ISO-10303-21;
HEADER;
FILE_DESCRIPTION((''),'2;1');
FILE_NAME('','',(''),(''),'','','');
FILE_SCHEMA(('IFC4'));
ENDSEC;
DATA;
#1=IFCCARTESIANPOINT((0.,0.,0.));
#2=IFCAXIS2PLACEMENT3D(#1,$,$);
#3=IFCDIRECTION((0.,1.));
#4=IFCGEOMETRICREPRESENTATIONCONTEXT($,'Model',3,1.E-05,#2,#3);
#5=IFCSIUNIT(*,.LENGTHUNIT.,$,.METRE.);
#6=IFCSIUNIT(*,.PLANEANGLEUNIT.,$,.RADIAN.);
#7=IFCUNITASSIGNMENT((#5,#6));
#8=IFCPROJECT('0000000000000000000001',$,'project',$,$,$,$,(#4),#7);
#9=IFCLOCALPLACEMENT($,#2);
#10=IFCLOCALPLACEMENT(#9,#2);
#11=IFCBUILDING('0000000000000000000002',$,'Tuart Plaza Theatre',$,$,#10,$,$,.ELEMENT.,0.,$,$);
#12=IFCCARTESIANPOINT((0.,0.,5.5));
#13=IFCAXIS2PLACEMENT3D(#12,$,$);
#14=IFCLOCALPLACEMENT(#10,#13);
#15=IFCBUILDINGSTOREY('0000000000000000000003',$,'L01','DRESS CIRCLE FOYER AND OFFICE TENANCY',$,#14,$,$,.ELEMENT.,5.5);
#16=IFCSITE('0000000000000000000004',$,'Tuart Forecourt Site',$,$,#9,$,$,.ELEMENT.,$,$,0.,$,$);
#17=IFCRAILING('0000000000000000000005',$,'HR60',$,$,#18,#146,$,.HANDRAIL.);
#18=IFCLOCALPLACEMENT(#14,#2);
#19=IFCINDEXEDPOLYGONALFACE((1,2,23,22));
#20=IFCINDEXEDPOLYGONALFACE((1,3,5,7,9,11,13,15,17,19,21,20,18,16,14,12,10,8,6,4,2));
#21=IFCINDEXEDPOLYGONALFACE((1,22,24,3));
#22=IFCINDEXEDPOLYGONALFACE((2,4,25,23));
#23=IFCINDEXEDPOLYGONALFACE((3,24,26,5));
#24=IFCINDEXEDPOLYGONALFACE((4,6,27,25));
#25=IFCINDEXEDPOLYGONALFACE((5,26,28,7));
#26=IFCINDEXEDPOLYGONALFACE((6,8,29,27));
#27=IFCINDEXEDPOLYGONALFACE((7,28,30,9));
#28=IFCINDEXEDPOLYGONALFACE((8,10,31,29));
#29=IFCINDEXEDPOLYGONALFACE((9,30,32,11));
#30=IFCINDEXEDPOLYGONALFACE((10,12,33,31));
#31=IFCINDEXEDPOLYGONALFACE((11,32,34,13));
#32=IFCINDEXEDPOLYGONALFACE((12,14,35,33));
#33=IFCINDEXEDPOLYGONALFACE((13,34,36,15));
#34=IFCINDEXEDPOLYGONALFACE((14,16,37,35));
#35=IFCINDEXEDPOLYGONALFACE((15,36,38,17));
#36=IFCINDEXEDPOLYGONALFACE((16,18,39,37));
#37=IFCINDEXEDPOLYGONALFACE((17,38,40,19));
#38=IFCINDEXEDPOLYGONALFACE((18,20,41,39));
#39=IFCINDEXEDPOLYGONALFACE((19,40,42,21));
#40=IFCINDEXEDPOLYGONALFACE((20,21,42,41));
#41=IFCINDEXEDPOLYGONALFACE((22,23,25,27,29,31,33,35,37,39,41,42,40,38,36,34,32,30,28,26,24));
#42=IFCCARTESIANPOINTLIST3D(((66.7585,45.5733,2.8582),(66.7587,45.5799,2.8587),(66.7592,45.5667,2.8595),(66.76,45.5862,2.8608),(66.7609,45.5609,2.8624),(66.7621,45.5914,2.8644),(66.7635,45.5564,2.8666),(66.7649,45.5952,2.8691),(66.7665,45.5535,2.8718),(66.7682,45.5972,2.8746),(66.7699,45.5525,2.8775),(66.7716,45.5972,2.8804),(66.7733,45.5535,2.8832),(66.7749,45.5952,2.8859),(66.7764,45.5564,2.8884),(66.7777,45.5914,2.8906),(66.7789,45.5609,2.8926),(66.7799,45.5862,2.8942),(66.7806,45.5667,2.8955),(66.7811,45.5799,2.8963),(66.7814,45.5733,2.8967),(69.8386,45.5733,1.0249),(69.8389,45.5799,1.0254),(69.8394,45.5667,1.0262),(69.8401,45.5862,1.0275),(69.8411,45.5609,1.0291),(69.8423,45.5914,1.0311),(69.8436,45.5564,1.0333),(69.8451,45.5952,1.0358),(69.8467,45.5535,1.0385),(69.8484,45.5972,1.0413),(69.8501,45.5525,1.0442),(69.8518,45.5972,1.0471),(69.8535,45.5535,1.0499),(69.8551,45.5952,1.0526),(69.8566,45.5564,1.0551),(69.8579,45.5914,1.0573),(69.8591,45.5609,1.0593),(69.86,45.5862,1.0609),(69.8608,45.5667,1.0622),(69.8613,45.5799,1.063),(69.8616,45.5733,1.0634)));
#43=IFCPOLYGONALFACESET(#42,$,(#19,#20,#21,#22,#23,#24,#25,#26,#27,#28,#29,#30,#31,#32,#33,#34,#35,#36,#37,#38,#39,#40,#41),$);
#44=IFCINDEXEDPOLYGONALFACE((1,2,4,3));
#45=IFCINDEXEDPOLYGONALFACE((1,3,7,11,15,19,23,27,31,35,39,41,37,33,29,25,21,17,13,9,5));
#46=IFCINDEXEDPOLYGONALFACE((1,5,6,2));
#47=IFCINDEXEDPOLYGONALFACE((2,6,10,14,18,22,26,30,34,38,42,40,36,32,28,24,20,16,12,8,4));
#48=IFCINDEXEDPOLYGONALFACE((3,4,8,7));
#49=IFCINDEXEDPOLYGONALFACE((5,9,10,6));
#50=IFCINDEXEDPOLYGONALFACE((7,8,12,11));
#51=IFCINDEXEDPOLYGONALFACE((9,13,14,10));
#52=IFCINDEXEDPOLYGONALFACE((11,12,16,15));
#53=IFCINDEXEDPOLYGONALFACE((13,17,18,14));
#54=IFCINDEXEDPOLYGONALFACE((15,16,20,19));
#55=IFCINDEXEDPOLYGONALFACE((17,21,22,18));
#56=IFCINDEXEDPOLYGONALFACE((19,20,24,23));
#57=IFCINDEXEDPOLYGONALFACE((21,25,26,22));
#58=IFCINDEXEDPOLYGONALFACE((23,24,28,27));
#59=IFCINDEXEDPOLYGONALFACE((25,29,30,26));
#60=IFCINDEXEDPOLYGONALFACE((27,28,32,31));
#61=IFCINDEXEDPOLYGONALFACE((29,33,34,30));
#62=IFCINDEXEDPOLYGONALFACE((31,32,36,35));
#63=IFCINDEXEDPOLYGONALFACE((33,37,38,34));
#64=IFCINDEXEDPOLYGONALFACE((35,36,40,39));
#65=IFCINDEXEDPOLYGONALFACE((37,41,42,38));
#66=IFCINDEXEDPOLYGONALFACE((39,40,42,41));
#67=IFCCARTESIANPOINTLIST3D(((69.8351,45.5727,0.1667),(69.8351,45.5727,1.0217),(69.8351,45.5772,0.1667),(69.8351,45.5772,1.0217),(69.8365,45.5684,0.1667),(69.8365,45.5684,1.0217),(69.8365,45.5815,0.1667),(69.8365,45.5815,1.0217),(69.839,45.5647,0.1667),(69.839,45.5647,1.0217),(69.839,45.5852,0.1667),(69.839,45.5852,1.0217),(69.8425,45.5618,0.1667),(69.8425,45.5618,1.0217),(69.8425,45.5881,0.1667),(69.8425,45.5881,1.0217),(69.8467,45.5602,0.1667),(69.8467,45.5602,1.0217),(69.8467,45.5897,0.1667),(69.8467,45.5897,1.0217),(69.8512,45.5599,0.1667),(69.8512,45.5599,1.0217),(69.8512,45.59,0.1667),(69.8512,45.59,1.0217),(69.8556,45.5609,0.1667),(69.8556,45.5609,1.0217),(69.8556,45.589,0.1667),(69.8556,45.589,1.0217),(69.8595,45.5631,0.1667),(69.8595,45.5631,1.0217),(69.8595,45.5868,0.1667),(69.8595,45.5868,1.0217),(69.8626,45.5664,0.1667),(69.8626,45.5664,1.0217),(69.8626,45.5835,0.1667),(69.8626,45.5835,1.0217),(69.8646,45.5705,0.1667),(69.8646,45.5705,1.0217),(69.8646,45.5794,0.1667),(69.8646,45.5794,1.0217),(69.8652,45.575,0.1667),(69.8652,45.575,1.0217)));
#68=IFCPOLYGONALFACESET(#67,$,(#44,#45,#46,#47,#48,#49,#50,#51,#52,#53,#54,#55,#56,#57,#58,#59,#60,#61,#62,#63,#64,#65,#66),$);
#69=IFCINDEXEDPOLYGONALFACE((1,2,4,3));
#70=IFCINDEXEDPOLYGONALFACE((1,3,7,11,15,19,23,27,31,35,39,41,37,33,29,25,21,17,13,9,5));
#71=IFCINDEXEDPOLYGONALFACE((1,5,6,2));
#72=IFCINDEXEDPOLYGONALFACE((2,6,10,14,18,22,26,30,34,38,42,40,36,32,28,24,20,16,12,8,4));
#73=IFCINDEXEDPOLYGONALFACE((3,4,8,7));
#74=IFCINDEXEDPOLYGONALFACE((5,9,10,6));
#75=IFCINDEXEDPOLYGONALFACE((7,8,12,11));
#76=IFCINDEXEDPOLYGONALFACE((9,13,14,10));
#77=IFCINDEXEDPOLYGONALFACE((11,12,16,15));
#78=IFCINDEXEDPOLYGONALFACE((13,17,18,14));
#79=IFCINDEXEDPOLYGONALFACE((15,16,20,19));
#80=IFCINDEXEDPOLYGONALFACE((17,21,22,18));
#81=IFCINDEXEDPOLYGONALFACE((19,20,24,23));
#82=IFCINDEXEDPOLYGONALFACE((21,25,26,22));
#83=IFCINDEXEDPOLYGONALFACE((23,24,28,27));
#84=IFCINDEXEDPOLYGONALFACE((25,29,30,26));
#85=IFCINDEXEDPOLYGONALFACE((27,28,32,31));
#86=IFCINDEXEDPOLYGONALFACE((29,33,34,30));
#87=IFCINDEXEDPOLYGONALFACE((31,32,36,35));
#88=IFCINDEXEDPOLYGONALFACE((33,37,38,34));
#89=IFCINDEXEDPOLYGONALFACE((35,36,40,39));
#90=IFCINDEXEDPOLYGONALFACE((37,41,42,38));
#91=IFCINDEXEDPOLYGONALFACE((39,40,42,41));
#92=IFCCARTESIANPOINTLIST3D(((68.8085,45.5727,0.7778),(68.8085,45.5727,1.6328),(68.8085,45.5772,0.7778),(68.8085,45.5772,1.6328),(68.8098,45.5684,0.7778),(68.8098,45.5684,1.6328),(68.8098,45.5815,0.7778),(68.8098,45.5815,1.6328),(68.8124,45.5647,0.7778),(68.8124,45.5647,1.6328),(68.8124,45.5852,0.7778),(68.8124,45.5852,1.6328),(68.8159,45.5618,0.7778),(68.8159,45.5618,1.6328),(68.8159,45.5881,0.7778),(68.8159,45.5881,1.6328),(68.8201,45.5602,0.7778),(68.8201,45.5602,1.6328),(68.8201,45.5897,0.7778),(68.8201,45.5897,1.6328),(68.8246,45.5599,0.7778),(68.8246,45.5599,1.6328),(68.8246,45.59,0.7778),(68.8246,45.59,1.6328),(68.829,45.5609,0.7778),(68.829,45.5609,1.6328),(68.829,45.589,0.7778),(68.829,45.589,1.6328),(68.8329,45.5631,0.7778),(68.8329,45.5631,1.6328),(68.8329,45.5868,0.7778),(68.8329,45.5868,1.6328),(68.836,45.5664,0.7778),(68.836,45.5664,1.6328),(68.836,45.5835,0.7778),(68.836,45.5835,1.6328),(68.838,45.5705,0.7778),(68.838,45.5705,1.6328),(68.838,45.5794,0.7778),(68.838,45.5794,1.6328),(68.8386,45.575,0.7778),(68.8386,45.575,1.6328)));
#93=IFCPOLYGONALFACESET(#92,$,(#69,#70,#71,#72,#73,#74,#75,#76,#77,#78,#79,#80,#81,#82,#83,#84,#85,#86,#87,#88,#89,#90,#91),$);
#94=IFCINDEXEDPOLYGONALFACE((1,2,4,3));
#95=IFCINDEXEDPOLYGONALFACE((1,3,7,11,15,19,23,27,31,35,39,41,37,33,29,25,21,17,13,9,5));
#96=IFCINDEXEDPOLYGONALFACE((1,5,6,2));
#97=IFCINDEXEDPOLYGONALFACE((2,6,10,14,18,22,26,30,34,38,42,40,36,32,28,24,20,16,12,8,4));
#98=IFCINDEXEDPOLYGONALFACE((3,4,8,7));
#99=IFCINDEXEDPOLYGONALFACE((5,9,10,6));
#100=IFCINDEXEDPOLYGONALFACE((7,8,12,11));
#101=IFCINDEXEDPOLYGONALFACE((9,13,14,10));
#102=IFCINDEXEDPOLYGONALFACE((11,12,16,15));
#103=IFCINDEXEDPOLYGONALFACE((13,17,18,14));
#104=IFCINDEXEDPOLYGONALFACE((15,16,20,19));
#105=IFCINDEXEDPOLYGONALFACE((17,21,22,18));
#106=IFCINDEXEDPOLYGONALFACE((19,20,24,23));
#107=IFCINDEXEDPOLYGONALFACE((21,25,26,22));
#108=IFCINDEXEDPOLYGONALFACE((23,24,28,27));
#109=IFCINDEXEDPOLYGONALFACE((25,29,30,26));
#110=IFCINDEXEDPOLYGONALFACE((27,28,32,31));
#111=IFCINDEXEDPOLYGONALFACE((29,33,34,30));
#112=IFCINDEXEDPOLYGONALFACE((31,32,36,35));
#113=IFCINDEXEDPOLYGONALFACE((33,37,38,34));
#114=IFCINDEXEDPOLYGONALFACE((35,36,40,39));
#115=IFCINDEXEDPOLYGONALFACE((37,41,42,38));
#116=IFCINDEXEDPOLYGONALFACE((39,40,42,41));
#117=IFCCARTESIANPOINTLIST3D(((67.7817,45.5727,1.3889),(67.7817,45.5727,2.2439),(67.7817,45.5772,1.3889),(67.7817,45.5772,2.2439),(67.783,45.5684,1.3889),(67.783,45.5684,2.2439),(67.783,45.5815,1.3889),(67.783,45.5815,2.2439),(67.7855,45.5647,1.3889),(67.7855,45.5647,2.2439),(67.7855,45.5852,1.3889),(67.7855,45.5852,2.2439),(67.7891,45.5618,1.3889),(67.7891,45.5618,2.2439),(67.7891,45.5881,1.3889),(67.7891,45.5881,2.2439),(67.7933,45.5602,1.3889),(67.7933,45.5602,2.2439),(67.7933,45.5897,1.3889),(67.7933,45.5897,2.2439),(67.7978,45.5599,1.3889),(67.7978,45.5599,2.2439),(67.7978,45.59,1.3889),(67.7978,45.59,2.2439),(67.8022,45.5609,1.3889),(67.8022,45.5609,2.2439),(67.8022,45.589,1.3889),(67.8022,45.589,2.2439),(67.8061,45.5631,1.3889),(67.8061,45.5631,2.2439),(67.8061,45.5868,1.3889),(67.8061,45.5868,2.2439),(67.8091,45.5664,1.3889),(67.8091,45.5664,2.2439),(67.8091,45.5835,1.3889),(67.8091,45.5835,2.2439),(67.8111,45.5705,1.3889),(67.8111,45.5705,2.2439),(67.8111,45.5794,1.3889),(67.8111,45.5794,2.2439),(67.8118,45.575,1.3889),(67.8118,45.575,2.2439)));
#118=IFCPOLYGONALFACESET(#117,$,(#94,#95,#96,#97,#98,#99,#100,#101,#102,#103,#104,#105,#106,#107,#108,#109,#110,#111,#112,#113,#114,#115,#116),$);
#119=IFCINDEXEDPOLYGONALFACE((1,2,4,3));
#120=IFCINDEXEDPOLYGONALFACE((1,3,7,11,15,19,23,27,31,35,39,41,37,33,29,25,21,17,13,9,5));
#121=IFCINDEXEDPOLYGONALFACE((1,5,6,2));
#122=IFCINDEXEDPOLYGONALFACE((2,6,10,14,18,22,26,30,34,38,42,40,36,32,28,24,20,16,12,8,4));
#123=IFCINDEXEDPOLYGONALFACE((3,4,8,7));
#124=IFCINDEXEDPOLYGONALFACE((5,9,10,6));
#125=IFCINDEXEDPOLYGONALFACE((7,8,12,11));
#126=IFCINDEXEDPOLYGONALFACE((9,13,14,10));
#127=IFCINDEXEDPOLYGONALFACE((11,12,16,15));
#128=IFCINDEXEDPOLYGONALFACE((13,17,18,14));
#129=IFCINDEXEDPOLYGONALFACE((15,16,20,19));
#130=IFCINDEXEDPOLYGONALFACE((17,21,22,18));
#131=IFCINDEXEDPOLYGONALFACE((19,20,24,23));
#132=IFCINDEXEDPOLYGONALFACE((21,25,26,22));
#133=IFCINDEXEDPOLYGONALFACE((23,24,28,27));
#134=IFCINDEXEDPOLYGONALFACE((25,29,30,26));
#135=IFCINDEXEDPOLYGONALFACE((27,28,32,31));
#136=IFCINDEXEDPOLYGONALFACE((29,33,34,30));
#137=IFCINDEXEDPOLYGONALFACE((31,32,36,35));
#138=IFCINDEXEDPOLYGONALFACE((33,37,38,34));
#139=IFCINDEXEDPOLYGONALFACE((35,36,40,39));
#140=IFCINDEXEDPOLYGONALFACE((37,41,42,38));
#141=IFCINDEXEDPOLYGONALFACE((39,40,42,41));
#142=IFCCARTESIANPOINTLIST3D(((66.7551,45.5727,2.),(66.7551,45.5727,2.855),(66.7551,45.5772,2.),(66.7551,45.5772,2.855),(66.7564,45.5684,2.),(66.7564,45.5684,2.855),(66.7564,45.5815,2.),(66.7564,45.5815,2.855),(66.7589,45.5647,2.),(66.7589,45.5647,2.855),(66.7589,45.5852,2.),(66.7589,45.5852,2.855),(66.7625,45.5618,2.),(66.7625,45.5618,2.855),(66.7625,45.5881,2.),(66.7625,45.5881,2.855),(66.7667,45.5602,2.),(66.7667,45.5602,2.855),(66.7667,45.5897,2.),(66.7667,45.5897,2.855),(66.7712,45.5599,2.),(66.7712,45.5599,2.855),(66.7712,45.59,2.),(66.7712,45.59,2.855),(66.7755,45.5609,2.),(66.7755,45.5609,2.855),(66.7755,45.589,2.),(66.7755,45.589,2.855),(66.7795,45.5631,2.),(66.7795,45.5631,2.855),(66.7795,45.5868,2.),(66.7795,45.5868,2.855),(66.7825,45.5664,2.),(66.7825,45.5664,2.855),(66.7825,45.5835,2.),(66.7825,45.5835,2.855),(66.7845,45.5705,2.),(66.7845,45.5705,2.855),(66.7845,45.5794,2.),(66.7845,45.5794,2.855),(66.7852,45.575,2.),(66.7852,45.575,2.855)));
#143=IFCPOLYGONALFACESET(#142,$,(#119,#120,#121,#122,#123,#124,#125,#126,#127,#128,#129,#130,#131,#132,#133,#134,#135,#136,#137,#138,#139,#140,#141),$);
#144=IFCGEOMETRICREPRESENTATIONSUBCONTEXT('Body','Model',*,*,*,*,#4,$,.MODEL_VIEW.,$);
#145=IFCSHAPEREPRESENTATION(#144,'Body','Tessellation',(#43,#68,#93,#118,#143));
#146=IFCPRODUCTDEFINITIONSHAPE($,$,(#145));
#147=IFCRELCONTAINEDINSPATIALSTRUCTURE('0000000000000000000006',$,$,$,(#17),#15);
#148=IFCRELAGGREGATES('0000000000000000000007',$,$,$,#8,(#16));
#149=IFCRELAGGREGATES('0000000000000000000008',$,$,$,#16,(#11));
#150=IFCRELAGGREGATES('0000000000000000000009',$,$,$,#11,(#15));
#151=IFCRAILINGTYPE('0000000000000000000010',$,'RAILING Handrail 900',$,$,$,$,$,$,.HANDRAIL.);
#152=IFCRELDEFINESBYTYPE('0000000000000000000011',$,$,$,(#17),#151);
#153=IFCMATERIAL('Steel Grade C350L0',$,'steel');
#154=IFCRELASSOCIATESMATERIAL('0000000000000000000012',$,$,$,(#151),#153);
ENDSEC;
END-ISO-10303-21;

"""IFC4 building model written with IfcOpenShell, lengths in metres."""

from ifc_helpers import new_model, si_unit, direction, frame, origin, origin_2d, place, context, subcontext, project, spatial, circle, extrude, material, type_object, element, save


model = new_model("IFC4")

# Units and contexts
model_context = context("Model", 3, precision=1e-05, world=origin(), true_north=direction((0.0, 1.0)))
body_context = subcontext(model_context, "Body", "Model", "MODEL_VIEW")
ifc_project = project(units=[si_unit("LENGTHUNIT", "METRE"), si_unit("PLANEANGLEUNIT", "RADIAN")], contexts=[model_context])

# Site, building, storey
site_placement = place(None, origin())
site = spatial("IfcSite", under=ifc_project, at=site_placement, Name="Tuart Forecourt Site", CompositionType="ELEMENT", RefElevation=0.0)
building_placement = place(site_placement, origin())
building = spatial("IfcBuilding", under=site, at=building_placement, Name="Tuart Plaza Theatre", CompositionType="ELEMENT", ElevationOfRefHeight=0.0)
storey_placement = place(building_placement, frame((0.0, 0.0, 5.5)))
storey = spatial("IfcBuildingStorey", under=building, at=storey_placement, Name="L01", Description="DRESS CIRCLE FOYER AND OFFICE TENANCY", CompositionType="ELEMENT", Elevation=5.5)

# Railing
ifc_material_1 = material(Name="Steel Grade C350L0", Category="steel")
railing_type_1 = type_object("IfcRailingType", Name="RAILING Handrail 900", PredefinedType="HANDRAIL", material=ifc_material_1)
for number, where, name in (
    (1, (69.8501, 45.575, 0.1667), "HR60"),
):
    element("IfcRailing", number, at=place(storey_placement, frame(where)), inside=storey, type_object=railing_type_1, Name=name, PredefinedType="HANDRAIL", context=body_context, shape_type="SweptSolid", body=[
        extrude(circle(Radius=0.0225, at=origin_2d()), frame((0.0, 0.0, 0.8774), z_axis=(-0.859309, 0.0, 0.511458), x_axis=(0.0, -1.0, 0.0)), (0.0, 0.0, 1.0), 3.5845),
        extrude(circle(Radius=0.0151, at=origin_2d()), origin(), (0.0, 0.0, 1.0), 0.855),
        extrude(circle(Radius=0.0151, at=origin_2d()), frame((-1.0266, 0.0, 0.6111)), (0.0, 0.0, 1.0), 0.855),
        extrude(circle(Radius=0.0151, at=origin_2d()), frame((-2.0535, 0.0, 1.2222)), (0.0, 0.0, 1.0), 0.855),
        extrude(circle(Radius=0.0151, at=origin_2d()), frame((-3.0801, 0.0, 1.8333)), (0.0, 0.0, 1.0), 0.855),
    ])

save(model, "model.ifc")
